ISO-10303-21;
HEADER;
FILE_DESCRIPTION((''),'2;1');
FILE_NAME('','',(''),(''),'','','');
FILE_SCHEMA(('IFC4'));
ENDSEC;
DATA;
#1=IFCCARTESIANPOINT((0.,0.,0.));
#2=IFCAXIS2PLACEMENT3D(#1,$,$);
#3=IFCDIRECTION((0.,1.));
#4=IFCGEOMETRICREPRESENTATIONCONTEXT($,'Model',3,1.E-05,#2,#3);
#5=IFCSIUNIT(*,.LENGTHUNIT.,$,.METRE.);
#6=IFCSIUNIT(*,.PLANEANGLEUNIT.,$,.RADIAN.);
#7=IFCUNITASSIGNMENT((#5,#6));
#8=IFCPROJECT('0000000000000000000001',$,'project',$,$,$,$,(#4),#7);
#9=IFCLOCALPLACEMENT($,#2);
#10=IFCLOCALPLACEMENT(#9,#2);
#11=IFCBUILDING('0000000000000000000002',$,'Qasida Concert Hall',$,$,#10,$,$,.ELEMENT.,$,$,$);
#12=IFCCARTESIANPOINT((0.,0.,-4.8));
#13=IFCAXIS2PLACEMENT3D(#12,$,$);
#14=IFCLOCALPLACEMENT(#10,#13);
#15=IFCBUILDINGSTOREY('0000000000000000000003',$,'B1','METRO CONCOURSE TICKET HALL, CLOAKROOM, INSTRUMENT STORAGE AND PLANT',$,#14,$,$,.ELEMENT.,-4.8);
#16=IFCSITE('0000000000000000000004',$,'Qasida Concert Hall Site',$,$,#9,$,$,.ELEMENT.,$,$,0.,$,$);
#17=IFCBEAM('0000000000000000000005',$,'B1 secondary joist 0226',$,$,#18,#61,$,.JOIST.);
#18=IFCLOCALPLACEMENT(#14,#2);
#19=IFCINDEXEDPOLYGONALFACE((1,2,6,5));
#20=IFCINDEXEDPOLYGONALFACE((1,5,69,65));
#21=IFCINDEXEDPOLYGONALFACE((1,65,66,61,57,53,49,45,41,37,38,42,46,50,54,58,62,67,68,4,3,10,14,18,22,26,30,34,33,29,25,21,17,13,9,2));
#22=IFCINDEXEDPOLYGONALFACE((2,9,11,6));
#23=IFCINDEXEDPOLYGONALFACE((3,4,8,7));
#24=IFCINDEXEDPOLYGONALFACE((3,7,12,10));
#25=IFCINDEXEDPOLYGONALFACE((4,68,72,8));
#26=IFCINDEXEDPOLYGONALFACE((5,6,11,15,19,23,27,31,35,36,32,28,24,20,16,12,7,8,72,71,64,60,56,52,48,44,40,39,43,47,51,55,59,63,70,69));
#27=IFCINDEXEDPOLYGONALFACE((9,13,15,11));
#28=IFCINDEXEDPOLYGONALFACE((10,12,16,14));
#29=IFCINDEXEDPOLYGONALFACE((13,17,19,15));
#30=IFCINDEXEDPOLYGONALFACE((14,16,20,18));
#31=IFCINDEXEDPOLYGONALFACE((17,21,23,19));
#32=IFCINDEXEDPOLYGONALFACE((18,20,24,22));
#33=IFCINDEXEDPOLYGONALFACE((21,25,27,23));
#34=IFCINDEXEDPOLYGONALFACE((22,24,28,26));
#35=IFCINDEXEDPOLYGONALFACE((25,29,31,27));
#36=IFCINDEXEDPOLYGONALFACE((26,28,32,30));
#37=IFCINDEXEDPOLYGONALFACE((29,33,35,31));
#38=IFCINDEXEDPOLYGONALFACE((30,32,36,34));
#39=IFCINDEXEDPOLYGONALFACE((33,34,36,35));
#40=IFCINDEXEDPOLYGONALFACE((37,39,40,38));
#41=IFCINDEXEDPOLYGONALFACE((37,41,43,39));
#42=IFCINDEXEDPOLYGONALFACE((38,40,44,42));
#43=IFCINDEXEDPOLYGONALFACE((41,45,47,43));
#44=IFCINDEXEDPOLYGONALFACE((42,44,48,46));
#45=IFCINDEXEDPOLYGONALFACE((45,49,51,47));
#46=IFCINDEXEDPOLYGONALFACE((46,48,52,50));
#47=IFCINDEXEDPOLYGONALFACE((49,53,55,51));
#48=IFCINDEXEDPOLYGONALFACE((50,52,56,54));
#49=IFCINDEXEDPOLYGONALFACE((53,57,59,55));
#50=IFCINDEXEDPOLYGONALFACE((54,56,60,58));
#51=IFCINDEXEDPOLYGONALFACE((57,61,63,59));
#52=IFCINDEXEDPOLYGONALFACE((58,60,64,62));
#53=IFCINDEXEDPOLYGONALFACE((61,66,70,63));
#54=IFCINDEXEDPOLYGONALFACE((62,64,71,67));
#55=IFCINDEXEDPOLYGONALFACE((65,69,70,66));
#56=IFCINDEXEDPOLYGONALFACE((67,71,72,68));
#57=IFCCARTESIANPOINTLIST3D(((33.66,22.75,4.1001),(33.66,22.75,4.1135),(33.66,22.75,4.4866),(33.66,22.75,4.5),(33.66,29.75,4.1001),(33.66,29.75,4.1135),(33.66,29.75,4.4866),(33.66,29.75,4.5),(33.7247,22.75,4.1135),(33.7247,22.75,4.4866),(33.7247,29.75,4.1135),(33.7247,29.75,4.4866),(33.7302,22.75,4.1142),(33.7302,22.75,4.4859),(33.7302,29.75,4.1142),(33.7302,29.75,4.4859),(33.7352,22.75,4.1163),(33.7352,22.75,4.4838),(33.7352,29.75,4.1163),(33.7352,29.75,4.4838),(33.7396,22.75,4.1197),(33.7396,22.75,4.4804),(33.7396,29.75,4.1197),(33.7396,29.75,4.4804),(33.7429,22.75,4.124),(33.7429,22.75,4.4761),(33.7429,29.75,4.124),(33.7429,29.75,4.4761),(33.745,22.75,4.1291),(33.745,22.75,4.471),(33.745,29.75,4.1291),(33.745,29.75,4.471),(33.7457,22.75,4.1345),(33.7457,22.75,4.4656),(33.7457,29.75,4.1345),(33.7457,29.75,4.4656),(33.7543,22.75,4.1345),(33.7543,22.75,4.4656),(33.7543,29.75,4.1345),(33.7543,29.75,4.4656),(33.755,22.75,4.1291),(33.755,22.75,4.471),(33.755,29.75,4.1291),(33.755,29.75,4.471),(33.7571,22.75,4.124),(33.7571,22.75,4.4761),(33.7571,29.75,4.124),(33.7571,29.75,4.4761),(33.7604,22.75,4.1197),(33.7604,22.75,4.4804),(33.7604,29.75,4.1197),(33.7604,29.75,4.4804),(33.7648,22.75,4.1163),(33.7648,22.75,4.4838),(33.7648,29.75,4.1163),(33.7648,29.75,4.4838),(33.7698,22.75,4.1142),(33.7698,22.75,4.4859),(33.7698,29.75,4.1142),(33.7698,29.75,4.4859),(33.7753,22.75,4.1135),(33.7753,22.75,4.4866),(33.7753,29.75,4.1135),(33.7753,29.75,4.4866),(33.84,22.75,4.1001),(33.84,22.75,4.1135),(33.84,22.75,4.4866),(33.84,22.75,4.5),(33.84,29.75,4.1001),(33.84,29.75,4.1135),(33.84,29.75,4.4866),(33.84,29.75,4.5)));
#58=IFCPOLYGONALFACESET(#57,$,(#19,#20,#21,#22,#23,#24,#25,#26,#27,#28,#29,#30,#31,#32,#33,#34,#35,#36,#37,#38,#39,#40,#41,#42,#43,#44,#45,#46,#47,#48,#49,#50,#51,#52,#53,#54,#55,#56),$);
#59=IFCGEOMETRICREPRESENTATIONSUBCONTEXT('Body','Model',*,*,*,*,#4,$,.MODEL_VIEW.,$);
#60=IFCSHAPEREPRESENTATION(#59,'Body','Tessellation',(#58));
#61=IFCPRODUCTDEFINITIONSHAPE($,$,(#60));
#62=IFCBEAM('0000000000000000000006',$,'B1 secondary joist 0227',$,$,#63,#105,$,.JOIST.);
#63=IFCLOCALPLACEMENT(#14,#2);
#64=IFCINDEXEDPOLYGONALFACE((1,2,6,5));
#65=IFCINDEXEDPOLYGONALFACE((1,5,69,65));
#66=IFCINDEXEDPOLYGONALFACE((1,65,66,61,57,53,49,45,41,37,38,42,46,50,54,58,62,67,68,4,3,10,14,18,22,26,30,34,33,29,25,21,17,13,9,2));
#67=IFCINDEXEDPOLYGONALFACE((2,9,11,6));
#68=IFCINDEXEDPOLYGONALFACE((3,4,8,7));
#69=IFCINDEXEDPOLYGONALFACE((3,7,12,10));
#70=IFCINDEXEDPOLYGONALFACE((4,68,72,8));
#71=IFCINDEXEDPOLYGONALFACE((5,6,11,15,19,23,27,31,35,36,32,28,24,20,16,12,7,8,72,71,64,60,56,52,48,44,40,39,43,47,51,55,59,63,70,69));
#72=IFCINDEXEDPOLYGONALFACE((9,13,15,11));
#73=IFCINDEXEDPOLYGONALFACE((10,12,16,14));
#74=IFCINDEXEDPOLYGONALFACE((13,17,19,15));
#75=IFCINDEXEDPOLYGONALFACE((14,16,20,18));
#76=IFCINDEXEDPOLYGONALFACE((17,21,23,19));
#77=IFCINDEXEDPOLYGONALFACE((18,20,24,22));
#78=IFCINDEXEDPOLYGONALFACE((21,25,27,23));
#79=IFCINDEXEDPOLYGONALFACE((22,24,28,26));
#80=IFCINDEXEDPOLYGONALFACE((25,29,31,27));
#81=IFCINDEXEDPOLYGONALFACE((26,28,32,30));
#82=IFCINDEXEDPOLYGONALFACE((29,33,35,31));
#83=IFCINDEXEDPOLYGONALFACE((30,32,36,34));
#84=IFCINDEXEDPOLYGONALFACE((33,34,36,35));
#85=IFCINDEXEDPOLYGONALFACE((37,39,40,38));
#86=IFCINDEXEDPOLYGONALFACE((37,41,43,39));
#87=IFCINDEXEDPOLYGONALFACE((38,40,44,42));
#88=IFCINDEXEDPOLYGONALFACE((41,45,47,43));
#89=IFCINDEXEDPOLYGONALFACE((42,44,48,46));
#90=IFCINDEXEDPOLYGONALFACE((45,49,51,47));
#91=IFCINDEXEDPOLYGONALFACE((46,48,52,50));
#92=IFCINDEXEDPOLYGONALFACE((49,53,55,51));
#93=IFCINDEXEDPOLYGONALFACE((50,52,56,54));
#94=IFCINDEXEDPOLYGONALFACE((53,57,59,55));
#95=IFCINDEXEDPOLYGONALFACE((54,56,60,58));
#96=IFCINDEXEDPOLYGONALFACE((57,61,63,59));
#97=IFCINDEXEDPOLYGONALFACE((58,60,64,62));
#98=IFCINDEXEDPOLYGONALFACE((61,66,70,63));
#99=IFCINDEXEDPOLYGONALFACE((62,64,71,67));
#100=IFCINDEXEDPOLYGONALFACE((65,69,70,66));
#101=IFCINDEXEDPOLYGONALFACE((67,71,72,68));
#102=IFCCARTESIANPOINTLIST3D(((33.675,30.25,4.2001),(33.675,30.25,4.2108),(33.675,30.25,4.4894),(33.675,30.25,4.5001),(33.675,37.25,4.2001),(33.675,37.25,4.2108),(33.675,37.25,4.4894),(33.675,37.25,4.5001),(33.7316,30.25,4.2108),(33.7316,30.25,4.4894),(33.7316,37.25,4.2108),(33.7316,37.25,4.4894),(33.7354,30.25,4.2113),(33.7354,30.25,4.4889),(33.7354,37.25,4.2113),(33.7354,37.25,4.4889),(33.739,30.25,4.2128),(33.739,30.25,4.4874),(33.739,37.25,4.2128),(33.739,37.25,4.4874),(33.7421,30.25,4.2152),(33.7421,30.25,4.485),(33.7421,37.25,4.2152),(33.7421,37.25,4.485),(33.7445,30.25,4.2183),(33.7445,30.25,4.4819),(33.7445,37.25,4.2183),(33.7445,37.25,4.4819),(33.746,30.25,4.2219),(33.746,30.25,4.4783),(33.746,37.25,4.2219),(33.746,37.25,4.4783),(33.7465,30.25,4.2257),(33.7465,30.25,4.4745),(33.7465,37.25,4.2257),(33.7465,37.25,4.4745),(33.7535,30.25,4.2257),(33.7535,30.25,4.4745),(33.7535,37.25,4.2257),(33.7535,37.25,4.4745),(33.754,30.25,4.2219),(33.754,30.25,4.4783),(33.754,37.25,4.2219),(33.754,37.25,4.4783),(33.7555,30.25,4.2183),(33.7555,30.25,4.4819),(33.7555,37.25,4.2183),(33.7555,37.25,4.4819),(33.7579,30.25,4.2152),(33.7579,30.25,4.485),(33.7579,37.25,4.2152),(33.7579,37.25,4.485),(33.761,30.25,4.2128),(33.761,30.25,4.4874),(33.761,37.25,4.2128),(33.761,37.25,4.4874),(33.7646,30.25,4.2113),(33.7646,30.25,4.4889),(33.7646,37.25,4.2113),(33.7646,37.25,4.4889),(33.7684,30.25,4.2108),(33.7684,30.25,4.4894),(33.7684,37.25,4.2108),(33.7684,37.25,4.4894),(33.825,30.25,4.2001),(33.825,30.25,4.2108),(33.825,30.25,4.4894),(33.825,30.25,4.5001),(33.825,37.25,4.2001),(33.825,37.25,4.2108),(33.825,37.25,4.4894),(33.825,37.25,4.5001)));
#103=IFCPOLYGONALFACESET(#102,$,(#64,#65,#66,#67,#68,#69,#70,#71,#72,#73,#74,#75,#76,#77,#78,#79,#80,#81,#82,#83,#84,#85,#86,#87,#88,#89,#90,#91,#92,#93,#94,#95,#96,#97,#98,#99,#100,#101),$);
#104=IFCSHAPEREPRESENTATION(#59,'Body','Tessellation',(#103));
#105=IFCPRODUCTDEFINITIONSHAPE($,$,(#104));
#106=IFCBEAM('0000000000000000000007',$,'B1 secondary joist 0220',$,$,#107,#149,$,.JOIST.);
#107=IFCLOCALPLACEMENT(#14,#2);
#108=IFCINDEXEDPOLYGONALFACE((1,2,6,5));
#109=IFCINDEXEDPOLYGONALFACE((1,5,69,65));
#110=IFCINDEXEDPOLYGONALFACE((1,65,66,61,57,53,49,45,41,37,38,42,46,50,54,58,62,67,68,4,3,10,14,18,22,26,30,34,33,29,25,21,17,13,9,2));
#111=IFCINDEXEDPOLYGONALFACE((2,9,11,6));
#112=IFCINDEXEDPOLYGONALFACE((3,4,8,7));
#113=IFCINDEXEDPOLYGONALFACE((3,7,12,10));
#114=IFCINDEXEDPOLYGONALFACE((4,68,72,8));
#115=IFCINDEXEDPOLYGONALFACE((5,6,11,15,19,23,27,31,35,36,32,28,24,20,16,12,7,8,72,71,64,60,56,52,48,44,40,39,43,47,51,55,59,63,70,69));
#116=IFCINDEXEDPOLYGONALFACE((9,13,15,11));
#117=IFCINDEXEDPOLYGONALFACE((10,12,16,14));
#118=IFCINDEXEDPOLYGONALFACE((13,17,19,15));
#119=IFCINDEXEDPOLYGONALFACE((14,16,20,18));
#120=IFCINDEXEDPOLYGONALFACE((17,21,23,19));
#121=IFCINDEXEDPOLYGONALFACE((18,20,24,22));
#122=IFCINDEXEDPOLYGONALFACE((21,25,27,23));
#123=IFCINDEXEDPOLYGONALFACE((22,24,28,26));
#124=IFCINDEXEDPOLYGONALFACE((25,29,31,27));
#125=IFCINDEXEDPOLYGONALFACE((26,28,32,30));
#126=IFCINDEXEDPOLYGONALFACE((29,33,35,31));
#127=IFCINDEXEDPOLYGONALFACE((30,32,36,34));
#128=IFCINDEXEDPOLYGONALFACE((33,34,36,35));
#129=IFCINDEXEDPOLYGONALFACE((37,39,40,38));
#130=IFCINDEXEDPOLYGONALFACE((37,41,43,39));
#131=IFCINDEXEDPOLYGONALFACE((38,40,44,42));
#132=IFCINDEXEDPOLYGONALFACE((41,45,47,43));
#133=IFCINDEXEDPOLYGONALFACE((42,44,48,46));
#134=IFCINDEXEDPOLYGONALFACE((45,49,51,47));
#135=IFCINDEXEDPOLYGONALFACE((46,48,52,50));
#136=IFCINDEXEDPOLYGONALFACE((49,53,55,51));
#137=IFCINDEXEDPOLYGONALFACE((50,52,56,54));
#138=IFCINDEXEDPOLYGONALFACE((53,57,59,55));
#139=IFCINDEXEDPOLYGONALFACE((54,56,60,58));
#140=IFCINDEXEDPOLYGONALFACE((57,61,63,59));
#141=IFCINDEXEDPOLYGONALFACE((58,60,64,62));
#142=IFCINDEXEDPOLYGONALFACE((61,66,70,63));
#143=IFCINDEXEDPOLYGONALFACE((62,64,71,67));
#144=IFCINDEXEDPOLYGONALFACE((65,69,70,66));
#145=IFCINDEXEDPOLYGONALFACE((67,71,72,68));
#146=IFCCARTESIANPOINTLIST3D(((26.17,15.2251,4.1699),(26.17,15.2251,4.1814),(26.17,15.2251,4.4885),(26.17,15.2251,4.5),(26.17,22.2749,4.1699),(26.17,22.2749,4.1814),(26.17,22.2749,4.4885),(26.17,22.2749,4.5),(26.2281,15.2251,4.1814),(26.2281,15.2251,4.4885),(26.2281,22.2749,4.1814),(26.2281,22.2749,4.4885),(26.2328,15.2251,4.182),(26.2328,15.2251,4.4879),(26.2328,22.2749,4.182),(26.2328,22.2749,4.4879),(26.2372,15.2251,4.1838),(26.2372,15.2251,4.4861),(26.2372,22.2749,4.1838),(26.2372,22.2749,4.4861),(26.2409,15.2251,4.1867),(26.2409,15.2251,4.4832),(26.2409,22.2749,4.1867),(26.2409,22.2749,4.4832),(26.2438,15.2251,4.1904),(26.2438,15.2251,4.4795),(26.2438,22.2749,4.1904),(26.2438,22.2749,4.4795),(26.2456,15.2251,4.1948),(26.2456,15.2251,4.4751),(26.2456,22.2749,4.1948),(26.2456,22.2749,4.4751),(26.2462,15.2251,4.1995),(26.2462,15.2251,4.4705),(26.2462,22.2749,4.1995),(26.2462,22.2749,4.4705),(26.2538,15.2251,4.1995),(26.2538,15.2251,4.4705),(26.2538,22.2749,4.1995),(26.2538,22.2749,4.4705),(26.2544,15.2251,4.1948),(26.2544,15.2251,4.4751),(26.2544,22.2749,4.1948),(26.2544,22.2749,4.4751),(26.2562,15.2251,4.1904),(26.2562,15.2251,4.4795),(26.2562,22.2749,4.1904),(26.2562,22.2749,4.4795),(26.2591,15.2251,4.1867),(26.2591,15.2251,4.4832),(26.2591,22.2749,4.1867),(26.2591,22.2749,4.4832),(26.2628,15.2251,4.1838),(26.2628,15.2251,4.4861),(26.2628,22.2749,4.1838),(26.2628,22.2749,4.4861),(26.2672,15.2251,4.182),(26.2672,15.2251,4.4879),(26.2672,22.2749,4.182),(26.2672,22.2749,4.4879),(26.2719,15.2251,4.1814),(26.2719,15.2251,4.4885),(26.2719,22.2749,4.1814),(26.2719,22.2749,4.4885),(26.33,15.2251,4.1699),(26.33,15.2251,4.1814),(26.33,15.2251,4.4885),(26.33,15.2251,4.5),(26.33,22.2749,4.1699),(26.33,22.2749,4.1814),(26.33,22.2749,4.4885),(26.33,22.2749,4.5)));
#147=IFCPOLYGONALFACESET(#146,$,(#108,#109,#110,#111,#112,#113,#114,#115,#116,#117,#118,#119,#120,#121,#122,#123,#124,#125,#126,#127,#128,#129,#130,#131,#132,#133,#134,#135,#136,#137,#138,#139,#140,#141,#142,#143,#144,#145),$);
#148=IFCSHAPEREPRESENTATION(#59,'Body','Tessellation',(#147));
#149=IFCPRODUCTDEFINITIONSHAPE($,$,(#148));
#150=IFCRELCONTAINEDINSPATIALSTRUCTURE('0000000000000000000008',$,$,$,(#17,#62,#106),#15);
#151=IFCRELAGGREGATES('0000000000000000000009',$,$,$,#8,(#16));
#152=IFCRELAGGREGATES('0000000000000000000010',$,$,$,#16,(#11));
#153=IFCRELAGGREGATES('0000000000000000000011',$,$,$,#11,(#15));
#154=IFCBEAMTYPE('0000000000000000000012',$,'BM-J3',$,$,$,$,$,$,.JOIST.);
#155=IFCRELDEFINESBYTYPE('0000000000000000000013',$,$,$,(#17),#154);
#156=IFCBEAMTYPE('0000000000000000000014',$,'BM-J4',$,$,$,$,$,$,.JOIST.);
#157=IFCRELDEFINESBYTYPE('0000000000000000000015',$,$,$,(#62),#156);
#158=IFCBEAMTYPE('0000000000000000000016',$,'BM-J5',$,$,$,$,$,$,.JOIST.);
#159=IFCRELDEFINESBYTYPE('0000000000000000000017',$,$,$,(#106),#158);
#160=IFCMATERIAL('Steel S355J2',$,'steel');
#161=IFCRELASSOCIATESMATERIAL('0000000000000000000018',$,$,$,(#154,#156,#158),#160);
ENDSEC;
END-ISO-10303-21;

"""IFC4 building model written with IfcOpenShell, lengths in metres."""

from ifc_helpers import new_model, si_unit, direction, frame, origin, origin_2d, place, context, subcontext, project, spatial, i_section, extrude, material, material_profile, profile_set, type_object, element, save


model = new_model("IFC4")

# Units and contexts
model_context = context("Model", 3, precision=1e-05, world=origin(), true_north=direction((0.0, 1.0)))
body_context = subcontext(model_context, "Body", "Model", "MODEL_VIEW")
ifc_project = project(units=[si_unit("LENGTHUNIT", "METRE"), si_unit("PLANEANGLEUNIT", "RADIAN")], contexts=[model_context])

# Site, building, storey
site_placement = place(None, origin())
site = spatial("IfcSite", under=ifc_project, at=site_placement, Name="Qasida Concert Hall Site", CompositionType="ELEMENT", RefElevation=0.0)
building_placement = place(site_placement, origin())
building = spatial("IfcBuilding", under=site, at=building_placement, Name="Qasida Concert Hall", CompositionType="ELEMENT")
storey_placement = place(building_placement, frame((0.0, 0.0, -4.8)))
storey = spatial("IfcBuildingStorey", under=building, at=storey_placement, Name="B1", Description="METRO CONCOURSE TICKET HALL, CLOAKROOM, INSTRUMENT STORAGE AND PLANT", CompositionType="ELEMENT", Elevation=-4.8)

# Beams
ifc_material_1 = material(Name="Steel S355J2", Category="steel")
ifc_material_profile_1 = material_profile(ifc_material_1, i_section(OverallWidth=0.1799, OverallDepth=0.3999, WebThickness=0.0085, FlangeThickness=0.0134, FilletRadius=0.021, at=origin_2d()), Name="IPE 400")
ifc_profile_set_1 = profile_set([ifc_material_profile_1], Name="Steel S355J2")
beam_type_1 = type_object("IfcBeamType", Name="BM-J3", PredefinedType="JOIST", material=ifc_profile_set_1)
beam_1_placement = place(storey_placement, frame((33.75, 22.75, 4.3), z_axis=(0.0, 1.0, 0.0), x_axis=(-1.0, 0.0, 0.0)))
element("IfcBeam", 1, at=beam_1_placement, inside=storey, type_object=beam_type_1, Name="B1 secondary joist 0226", PredefinedType="JOIST", context=body_context, shape_type="SweptSolid", body=[
    extrude(i_section(OverallWidth=0.1799, OverallDepth=0.3999, WebThickness=0.0085, FlangeThickness=0.0134, FilletRadius=0.021, at=origin_2d()), origin(), (0.0, 0.0, 1.0), 7.0),
])
ifc_material_profile_2 = material_profile(ifc_material_1, i_section(OverallWidth=0.1499, OverallDepth=0.3, WebThickness=0.0071, FlangeThickness=0.0107, FilletRadius=0.0149, at=origin_2d()), Name="IPE 300")
ifc_profile_set_2 = profile_set([ifc_material_profile_2], Name="Steel S355J2")
beam_type_2 = type_object("IfcBeamType", Name="BM-J4", PredefinedType="JOIST", material=ifc_profile_set_2)
beam_2_placement = place(storey_placement, frame((33.75, 30.25, 4.3501), z_axis=(0.0, 1.0, 0.0), x_axis=(-1.0, 0.0, 0.0)))
element("IfcBeam", 2, at=beam_2_placement, inside=storey, type_object=beam_type_2, Name="B1 secondary joist 0227", PredefinedType="JOIST", context=body_context, shape_type="SweptSolid", body=[
    extrude(i_section(OverallWidth=0.1499, OverallDepth=0.3, WebThickness=0.0071, FlangeThickness=0.0107, FilletRadius=0.0149, at=origin_2d()), origin(), (0.0, 0.0, 1.0), 7.0),
])
ifc_material_profile_3 = material_profile(ifc_material_1, i_section(OverallWidth=0.1599, OverallDepth=0.3301, WebThickness=0.0076, FlangeThickness=0.0115, FilletRadius=0.0181, at=origin_2d()), Name="IPE 330")
ifc_profile_set_3 = profile_set([ifc_material_profile_3], Name="Steel S355J2")
beam_type_3 = type_object("IfcBeamType", Name="BM-J5", PredefinedType="JOIST", material=ifc_profile_set_3)
beam_3_placement = place(storey_placement, frame((26.25, 15.2251, 4.335), z_axis=(0.0, 1.0, 0.0), x_axis=(-1.0, 0.0, 0.0)))
element("IfcBeam", 3, at=beam_3_placement, inside=storey, type_object=beam_type_3, Name="B1 secondary joist 0220", PredefinedType="JOIST", context=body_context, shape_type="SweptSolid", body=[
    extrude(i_section(OverallWidth=0.1599, OverallDepth=0.3301, WebThickness=0.0076, FlangeThickness=0.0115, FilletRadius=0.0181, at=origin_2d()), origin(), (0.0, 0.0, 1.0), 7.0498),
])

save(model, "model.ifc")
